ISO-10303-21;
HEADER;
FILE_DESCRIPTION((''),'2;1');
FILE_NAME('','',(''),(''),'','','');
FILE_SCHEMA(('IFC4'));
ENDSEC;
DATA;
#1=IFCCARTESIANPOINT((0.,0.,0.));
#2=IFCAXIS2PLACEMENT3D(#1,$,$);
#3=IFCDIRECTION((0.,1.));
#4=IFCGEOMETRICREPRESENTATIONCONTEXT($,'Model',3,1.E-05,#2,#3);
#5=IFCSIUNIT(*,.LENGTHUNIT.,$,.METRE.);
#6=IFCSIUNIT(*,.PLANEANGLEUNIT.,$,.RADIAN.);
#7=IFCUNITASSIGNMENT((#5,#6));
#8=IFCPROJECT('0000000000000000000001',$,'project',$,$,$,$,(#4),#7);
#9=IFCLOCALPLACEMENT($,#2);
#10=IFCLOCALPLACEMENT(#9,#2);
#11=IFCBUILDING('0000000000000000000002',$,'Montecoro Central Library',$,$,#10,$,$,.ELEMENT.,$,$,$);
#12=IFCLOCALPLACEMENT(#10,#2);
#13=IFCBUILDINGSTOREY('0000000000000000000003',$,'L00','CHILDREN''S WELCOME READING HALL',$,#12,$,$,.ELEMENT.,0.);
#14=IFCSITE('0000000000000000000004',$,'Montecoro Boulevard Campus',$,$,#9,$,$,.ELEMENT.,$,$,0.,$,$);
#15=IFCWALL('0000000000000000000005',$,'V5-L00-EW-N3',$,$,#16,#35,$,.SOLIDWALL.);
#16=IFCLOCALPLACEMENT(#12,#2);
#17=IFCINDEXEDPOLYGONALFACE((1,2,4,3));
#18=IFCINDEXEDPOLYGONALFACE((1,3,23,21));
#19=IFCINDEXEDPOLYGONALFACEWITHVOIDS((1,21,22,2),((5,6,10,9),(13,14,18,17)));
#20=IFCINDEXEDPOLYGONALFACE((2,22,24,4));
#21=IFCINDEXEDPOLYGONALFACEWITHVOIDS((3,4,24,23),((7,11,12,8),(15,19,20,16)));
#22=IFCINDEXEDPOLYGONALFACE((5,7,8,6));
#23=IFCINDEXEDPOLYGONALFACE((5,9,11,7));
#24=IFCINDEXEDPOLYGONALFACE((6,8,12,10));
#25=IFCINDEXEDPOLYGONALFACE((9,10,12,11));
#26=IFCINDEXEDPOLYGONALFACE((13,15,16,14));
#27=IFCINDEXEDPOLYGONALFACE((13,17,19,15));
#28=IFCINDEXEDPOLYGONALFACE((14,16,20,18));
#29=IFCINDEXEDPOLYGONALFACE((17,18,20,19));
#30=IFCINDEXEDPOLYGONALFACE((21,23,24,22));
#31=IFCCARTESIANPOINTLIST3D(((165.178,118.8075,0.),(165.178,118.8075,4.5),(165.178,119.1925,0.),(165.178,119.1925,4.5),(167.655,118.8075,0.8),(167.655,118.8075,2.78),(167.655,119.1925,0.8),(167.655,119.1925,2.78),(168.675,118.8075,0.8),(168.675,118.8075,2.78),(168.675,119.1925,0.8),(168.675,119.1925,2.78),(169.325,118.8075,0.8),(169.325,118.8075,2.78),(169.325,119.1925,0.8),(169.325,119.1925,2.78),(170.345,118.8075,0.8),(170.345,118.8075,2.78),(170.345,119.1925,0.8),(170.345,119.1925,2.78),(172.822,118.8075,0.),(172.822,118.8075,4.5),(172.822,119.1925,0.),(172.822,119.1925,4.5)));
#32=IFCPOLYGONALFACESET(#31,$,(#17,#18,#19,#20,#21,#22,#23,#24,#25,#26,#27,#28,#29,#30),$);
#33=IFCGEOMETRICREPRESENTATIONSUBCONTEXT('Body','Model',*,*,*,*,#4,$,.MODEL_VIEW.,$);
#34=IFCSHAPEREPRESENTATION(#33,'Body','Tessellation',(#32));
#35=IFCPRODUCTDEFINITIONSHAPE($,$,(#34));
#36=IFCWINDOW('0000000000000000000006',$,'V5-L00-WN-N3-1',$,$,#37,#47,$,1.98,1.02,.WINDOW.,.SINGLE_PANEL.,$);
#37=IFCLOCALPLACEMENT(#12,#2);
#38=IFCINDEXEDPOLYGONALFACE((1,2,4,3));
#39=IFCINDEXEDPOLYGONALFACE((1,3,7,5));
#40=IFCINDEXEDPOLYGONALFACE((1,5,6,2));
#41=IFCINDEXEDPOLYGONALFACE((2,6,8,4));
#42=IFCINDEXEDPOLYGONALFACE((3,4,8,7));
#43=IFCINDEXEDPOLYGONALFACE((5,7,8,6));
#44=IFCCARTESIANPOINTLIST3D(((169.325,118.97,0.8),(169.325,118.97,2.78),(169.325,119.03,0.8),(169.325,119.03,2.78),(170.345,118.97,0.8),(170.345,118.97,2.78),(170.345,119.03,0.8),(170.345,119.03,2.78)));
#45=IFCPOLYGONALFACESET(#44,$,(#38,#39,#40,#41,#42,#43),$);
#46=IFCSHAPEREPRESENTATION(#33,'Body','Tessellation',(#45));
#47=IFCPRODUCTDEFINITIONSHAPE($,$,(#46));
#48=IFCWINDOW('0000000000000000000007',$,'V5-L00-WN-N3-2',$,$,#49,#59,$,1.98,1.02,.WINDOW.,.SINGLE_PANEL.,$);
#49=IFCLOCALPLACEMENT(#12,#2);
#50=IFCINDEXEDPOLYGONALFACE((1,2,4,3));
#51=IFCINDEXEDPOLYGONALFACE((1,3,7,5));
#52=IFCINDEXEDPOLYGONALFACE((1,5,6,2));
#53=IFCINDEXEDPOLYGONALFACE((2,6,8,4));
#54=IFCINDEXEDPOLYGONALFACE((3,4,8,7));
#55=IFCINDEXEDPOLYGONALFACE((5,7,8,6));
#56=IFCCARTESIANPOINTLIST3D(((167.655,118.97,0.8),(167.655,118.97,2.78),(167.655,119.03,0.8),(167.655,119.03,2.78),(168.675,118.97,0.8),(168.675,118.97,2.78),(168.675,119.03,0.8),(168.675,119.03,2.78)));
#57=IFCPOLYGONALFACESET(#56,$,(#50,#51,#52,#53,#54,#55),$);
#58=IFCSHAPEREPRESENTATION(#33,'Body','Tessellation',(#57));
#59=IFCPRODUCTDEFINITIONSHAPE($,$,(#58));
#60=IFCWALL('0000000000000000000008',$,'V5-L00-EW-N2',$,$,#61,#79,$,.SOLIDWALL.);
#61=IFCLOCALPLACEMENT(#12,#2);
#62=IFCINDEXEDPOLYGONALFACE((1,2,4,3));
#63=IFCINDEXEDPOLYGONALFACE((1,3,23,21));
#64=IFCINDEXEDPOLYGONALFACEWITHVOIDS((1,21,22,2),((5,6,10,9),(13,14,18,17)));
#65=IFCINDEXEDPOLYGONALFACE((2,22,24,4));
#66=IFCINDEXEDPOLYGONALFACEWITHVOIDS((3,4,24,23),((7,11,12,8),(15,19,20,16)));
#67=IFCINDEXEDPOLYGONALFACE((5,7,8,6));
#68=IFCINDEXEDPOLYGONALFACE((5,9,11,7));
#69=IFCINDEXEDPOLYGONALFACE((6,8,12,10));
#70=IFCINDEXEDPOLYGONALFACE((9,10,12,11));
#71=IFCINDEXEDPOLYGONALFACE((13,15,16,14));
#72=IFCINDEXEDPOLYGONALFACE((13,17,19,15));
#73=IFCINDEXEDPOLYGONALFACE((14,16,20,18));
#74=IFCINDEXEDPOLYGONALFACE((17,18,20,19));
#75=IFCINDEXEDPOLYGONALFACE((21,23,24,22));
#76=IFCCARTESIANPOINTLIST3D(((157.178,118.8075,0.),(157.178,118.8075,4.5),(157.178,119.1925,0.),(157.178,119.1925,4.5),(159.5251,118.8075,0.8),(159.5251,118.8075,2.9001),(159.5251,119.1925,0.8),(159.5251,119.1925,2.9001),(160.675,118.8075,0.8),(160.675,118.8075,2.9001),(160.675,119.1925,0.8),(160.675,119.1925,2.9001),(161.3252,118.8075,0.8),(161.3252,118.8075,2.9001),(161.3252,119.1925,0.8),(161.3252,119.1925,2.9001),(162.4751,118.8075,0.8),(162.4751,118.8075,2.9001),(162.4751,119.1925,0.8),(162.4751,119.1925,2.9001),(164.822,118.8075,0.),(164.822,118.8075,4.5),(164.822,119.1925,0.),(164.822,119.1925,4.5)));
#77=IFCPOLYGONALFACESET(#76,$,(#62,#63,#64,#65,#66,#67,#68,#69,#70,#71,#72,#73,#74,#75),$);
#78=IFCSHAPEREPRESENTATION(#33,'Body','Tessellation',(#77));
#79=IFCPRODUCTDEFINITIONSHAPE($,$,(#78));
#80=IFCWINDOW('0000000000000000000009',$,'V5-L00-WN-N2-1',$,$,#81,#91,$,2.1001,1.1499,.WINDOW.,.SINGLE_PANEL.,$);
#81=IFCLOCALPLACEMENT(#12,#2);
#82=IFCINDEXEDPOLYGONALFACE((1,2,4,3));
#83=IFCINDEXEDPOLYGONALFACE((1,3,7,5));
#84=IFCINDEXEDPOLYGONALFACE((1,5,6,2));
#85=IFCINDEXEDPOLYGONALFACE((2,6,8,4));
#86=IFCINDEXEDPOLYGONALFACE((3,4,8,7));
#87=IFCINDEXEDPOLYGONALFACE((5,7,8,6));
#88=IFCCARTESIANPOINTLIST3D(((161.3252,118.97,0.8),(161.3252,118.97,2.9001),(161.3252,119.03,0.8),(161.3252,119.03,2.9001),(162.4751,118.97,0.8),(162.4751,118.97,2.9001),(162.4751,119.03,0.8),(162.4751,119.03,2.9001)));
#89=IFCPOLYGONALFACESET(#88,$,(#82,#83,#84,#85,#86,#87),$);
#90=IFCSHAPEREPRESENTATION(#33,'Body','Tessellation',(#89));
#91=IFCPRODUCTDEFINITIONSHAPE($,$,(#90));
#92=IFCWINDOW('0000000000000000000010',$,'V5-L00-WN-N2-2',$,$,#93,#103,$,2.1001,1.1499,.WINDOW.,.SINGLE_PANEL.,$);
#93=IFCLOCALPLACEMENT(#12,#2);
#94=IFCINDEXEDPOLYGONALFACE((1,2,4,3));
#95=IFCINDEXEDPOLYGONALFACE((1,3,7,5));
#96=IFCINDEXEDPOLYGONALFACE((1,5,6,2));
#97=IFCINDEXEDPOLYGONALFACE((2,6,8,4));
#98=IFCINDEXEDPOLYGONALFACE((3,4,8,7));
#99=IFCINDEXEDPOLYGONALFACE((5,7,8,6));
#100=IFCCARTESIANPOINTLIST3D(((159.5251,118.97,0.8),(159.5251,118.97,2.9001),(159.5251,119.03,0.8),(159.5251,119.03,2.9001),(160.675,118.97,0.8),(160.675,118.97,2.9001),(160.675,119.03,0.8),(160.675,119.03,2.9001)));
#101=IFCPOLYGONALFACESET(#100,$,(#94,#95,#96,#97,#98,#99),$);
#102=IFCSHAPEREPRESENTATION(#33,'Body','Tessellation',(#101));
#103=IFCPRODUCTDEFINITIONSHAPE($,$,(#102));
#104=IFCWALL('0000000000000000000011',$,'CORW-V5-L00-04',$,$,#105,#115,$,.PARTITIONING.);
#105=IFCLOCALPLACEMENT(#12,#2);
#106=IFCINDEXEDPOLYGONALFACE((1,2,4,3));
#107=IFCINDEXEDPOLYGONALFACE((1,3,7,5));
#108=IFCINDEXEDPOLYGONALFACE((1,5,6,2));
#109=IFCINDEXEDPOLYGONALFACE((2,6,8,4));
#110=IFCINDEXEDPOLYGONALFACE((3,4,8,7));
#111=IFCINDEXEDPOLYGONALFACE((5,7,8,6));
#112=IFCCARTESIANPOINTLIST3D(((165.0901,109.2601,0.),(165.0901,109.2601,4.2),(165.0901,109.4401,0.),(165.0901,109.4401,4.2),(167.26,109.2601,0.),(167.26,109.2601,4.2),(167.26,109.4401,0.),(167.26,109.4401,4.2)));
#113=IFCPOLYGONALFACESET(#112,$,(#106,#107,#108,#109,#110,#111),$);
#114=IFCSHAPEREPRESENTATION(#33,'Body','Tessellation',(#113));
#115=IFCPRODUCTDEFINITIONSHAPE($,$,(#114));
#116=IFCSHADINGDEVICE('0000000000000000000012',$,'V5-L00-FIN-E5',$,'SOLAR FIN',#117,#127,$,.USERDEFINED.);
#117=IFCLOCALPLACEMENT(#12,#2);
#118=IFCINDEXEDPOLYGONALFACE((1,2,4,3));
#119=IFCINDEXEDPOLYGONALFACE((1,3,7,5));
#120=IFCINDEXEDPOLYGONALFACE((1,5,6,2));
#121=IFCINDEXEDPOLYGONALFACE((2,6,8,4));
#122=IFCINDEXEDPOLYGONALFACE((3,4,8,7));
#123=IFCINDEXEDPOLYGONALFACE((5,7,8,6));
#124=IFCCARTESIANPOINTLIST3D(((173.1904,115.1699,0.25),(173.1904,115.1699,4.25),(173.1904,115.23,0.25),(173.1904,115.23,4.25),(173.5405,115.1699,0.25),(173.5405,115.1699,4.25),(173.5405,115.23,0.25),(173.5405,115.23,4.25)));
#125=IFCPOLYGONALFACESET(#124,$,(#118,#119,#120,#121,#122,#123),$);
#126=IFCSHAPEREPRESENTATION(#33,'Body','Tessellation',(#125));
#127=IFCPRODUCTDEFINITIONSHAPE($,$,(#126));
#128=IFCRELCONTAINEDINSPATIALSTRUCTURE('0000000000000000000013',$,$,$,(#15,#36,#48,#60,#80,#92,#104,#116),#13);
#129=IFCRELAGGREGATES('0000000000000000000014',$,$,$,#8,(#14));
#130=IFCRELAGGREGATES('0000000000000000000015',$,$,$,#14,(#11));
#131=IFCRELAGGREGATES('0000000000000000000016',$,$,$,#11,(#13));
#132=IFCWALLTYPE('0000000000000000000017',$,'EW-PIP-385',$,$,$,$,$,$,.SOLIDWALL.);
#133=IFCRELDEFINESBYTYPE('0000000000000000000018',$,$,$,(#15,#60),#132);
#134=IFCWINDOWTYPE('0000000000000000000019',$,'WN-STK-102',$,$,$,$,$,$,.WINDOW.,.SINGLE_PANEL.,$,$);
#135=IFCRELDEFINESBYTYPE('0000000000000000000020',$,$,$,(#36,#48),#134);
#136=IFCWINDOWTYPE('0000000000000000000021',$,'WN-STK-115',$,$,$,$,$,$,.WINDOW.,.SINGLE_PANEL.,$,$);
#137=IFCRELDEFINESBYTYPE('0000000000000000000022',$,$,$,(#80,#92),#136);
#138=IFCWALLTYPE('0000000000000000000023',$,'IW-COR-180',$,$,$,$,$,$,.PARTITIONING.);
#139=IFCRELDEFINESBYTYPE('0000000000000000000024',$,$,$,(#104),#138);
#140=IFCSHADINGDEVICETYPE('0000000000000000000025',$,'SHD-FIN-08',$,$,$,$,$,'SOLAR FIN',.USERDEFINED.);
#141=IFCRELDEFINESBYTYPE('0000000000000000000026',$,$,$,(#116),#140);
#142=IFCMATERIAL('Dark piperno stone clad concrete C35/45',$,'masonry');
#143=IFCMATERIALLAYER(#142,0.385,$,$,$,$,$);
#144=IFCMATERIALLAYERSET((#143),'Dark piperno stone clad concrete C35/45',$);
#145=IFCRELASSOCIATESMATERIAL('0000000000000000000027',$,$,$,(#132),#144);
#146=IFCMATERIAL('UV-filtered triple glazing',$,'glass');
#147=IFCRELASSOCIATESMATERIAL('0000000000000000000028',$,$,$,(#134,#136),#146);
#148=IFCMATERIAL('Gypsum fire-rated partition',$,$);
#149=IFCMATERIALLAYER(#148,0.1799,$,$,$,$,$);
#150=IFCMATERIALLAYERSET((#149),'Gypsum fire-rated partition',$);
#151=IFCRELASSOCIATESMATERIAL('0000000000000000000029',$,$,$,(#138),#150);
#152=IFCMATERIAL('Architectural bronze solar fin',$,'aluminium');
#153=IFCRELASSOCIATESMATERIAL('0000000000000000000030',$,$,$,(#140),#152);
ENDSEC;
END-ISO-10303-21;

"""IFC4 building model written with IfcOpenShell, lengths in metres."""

from ifc_helpers import new_model, si_unit, direction, frame, frame_2d, origin, origin_2d, place, context, subcontext, project, spatial, rectangle, extrude, material, layer, layer_set, type_object, element, fill, save


model = new_model("IFC4")

# Units and contexts
model_context = context("Model", 3, precision=1e-05, world=origin(), true_north=direction((0.0, 1.0)))
body_context = subcontext(model_context, "Body", "Model", "MODEL_VIEW")
ifc_project = project(units=[si_unit("LENGTHUNIT", "METRE"), si_unit("PLANEANGLEUNIT", "RADIAN")], contexts=[model_context])

# Site, building, storey
site_placement = place(None, origin())
site = spatial("IfcSite", under=ifc_project, at=site_placement, Name="Montecoro Boulevard Campus", CompositionType="ELEMENT", RefElevation=0.0)
building_placement = place(site_placement, origin())
building = spatial("IfcBuilding", under=site, at=building_placement, Name="Montecoro Central Library", CompositionType="ELEMENT")
storey_placement = place(building_placement, origin())
storey = spatial("IfcBuildingStorey", under=building, at=storey_placement, Name="L00", Description="CHILDREN'S WELCOME READING HALL", CompositionType="ELEMENT", Elevation=0.0)

# Walls, openings, windows
ifc_material_1 = material(Name="Dark piperno stone clad concrete C35/45", Category="masonry")
ifc_layer_1 = layer(ifc_material_1, 0.385)
ifc_layer_set_1 = layer_set([ifc_layer_1], Name="Dark piperno stone clad concrete C35/45")
wall_type_1 = type_object("IfcWallType", Name="EW-PIP-385", PredefinedType="SOLIDWALL", material=ifc_layer_set_1)
ifc_material_2 = material(Name="UV-filtered triple glazing", Category="glass")
wall_1_placement = place(storey_placement, frame((172.822, 119.0, 0.0), z_axis=(0.0, 0.0, 1.0), x_axis=(-1.0, 0.0, 0.0)))
wall_1 = element("IfcWall", 1, at=wall_1_placement, inside=storey, type_object=wall_type_1, Name="V5-L00-EW-N3", PredefinedType="SOLIDWALL", context=body_context, shape_type="SweptSolid", body=[
    extrude(rectangle(XDim=7.644, YDim=0.385, at=frame_2d((3.822, 0.0))), origin(), (0.0, 0.0, 1.0), 4.5),
])
opening_1_placement = place(wall_1_placement, frame((2.4771, 0.0, 0.8)))
opening_1 = element("IfcOpeningElement", 2, at=opening_1_placement, cuts=wall_1, PredefinedType="OPENING", context=body_context, shape_type="SweptSolid", body=[
    extrude(rectangle(XDim=1.02, YDim=1.98, at=frame_2d((0.51, 0.99))), frame((0.0, 0.2024, 0.0), z_axis=(0.0, -1.0, 0.0), x_axis=(1.0, 0.0, 0.0)), (0.0, 0.0, 1.0), 0.405),
])
opening_2_placement = place(wall_1_placement, frame((4.147, 0.0, 0.8)))
opening_2 = element("IfcOpeningElement", 3, at=opening_2_placement, cuts=wall_1, PredefinedType="OPENING", context=body_context, shape_type="SweptSolid", body=[
    extrude(rectangle(XDim=1.02, YDim=1.98, at=frame_2d((0.51, 0.99))), frame((0.0, 0.2024, 0.0), z_axis=(0.0, -1.0, 0.0), x_axis=(1.0, 0.0, 0.0)), (0.0, 0.0, 1.0), 0.405),
])
window_type_1 = type_object("IfcWindowType", Name="WN-STK-102", PartitioningType="SINGLE_PANEL", PredefinedType="WINDOW", material=ifc_material_2)
window_1_placement = place(opening_1_placement, origin())
window_1 = element("IfcWindow", 4, at=window_1_placement, inside=storey, type_object=window_type_1, Name="V5-L00-WN-N3-1", OverallHeight=1.98, OverallWidth=1.02, PartitioningType="SINGLE_PANEL", PredefinedType="WINDOW", context=body_context, shape_type="SweptSolid", body=[
    extrude(rectangle(XDim=1.02, YDim=1.98, at=frame_2d((0.51, 0.99))), frame((0.0, 0.03, 0.0), z_axis=(0.0, -1.0, 0.0), x_axis=(1.0, 0.0, 0.0)), (0.0, 0.0, 1.0), 0.0601),
])
fill(opening_1, window_1)
window_2_placement = place(opening_2_placement, origin())
window_2 = element("IfcWindow", 5, at=window_2_placement, inside=storey, type_object=window_type_1, Name="V5-L00-WN-N3-2", OverallHeight=1.98, OverallWidth=1.02, PartitioningType="SINGLE_PANEL", PredefinedType="WINDOW", context=body_context, shape_type="SweptSolid", body=[
    extrude(rectangle(XDim=1.02, YDim=1.98, at=frame_2d((0.51, 0.99))), frame((0.0, 0.03, 0.0), z_axis=(0.0, -1.0, 0.0), x_axis=(1.0, 0.0, 0.0)), (0.0, 0.0, 1.0), 0.0601),
])
fill(opening_2, window_2)
wall_2_placement = place(storey_placement, frame((164.822, 119.0, 0.0), z_axis=(0.0, 0.0, 1.0), x_axis=(-1.0, 0.0, 0.0)))
wall_2 = element("IfcWall", 6, at=wall_2_placement, inside=storey, type_object=wall_type_1, Name="V5-L00-EW-N2", PredefinedType="SOLIDWALL", context=body_context, shape_type="SweptSolid", body=[
    extrude(rectangle(XDim=7.644, YDim=0.385, at=frame_2d((3.822, 0.0))), origin(), (0.0, 0.0, 1.0), 4.5),
])
opening_3_placement = place(wall_2_placement, frame((2.3469, 0.0, 0.8)))
opening_3 = element("IfcOpeningElement", 7, at=opening_3_placement, cuts=wall_2, PredefinedType="OPENING", context=body_context, shape_type="SweptSolid", body=[
    extrude(rectangle(XDim=1.1499, YDim=2.1001, at=frame_2d((0.575, 1.05))), frame((0.0, 0.2024, 0.0), z_axis=(0.0, -1.0, 0.0), x_axis=(1.0, 0.0, 0.0)), (0.0, 0.0, 1.0), 0.405),
])
opening_4_placement = place(wall_2_placement, frame((4.147, 0.0, 0.8)))
opening_4 = element("IfcOpeningElement", 8, at=opening_4_placement, cuts=wall_2, PredefinedType="OPENING", context=body_context, shape_type="SweptSolid", body=[
    extrude(rectangle(XDim=1.1499, YDim=2.1001, at=frame_2d((0.575, 1.05))), frame((0.0, 0.2024, 0.0), z_axis=(0.0, -1.0, 0.0), x_axis=(1.0, 0.0, 0.0)), (0.0, 0.0, 1.0), 0.405),
])
window_type_2 = type_object("IfcWindowType", Name="WN-STK-115", PartitioningType="SINGLE_PANEL", PredefinedType="WINDOW", material=ifc_material_2)
window_3_placement = place(opening_3_placement, origin())
window_3 = element("IfcWindow", 9, at=window_3_placement, inside=storey, type_object=window_type_2, Name="V5-L00-WN-N2-1", OverallHeight=2.1001, OverallWidth=1.1499, PartitioningType="SINGLE_PANEL", PredefinedType="WINDOW", context=body_context, shape_type="SweptSolid", body=[
    extrude(rectangle(XDim=1.1499, YDim=2.1001, at=frame_2d((0.575, 1.05))), frame((0.0, 0.03, 0.0), z_axis=(0.0, -1.0, 0.0), x_axis=(1.0, 0.0, 0.0)), (0.0, 0.0, 1.0), 0.0601),
])
fill(opening_3, window_3)
window_4_placement = place(opening_4_placement, origin())
window_4 = element("IfcWindow", 10, at=window_4_placement, inside=storey, type_object=window_type_2, Name="V5-L00-WN-N2-2", OverallHeight=2.1001, OverallWidth=1.1499, PartitioningType="SINGLE_PANEL", PredefinedType="WINDOW", context=body_context, shape_type="SweptSolid", body=[
    extrude(rectangle(XDim=1.1499, YDim=2.1001, at=frame_2d((0.575, 1.05))), frame((0.0, 0.03, 0.0), z_axis=(0.0, -1.0, 0.0), x_axis=(1.0, 0.0, 0.0)), (0.0, 0.0, 1.0), 0.0601),
])
fill(opening_4, window_4)

# Wall
ifc_material_3 = material(Name="Gypsum fire-rated partition")
ifc_layer_2 = layer(ifc_material_3, 0.1799)
ifc_layer_set_2 = layer_set([ifc_layer_2], Name="Gypsum fire-rated partition")
wall_type_2 = type_object("IfcWallType", Name="IW-COR-180", PredefinedType="PARTITIONING", material=ifc_layer_set_2)
wall_3_placement = place(storey_placement, frame((165.0901, 109.3501, 0.0), z_axis=(0.0, 0.0, 1.0), x_axis=(1.0, 0.0, 0.0)))
element("IfcWall", 11, at=wall_3_placement, inside=storey, type_object=wall_type_2, Name="CORW-V5-L00-04", PredefinedType="PARTITIONING", context=body_context, shape_type="SweptSolid", body=[
    extrude(rectangle(XDim=2.1699, YDim=0.1799, at=frame_2d((1.085, 0.0))), origin(), (0.0, 0.0, 1.0), 4.2),
])

# Shading device
ifc_material_4 = material(Name="Architectural bronze solar fin", Category="aluminium")
shading_device_type = type_object("IfcShadingDeviceType", Name="SHD-FIN-08", ElementType="SOLAR FIN", PredefinedType="USERDEFINED", material=ifc_material_4)
shading_device_placement = place(storey_placement, frame((173.3655, 115.2, 0.25), z_axis=(0.0, 0.0, 1.0), x_axis=(0.0, 1.0, 0.0)))
element("IfcShadingDevice", 12, at=shading_device_placement, inside=storey, type_object=shading_device_type, Name="V5-L00-FIN-E5", ObjectType="SOLAR FIN", PredefinedType="USERDEFINED", context=body_context, shape_type="SweptSolid", body=[
    extrude(rectangle(XDim=0.0601, YDim=0.3501, at=origin_2d()), origin(), (0.0, 0.0, 1.0), 4.0),
])

save(model, "model.ifc")
